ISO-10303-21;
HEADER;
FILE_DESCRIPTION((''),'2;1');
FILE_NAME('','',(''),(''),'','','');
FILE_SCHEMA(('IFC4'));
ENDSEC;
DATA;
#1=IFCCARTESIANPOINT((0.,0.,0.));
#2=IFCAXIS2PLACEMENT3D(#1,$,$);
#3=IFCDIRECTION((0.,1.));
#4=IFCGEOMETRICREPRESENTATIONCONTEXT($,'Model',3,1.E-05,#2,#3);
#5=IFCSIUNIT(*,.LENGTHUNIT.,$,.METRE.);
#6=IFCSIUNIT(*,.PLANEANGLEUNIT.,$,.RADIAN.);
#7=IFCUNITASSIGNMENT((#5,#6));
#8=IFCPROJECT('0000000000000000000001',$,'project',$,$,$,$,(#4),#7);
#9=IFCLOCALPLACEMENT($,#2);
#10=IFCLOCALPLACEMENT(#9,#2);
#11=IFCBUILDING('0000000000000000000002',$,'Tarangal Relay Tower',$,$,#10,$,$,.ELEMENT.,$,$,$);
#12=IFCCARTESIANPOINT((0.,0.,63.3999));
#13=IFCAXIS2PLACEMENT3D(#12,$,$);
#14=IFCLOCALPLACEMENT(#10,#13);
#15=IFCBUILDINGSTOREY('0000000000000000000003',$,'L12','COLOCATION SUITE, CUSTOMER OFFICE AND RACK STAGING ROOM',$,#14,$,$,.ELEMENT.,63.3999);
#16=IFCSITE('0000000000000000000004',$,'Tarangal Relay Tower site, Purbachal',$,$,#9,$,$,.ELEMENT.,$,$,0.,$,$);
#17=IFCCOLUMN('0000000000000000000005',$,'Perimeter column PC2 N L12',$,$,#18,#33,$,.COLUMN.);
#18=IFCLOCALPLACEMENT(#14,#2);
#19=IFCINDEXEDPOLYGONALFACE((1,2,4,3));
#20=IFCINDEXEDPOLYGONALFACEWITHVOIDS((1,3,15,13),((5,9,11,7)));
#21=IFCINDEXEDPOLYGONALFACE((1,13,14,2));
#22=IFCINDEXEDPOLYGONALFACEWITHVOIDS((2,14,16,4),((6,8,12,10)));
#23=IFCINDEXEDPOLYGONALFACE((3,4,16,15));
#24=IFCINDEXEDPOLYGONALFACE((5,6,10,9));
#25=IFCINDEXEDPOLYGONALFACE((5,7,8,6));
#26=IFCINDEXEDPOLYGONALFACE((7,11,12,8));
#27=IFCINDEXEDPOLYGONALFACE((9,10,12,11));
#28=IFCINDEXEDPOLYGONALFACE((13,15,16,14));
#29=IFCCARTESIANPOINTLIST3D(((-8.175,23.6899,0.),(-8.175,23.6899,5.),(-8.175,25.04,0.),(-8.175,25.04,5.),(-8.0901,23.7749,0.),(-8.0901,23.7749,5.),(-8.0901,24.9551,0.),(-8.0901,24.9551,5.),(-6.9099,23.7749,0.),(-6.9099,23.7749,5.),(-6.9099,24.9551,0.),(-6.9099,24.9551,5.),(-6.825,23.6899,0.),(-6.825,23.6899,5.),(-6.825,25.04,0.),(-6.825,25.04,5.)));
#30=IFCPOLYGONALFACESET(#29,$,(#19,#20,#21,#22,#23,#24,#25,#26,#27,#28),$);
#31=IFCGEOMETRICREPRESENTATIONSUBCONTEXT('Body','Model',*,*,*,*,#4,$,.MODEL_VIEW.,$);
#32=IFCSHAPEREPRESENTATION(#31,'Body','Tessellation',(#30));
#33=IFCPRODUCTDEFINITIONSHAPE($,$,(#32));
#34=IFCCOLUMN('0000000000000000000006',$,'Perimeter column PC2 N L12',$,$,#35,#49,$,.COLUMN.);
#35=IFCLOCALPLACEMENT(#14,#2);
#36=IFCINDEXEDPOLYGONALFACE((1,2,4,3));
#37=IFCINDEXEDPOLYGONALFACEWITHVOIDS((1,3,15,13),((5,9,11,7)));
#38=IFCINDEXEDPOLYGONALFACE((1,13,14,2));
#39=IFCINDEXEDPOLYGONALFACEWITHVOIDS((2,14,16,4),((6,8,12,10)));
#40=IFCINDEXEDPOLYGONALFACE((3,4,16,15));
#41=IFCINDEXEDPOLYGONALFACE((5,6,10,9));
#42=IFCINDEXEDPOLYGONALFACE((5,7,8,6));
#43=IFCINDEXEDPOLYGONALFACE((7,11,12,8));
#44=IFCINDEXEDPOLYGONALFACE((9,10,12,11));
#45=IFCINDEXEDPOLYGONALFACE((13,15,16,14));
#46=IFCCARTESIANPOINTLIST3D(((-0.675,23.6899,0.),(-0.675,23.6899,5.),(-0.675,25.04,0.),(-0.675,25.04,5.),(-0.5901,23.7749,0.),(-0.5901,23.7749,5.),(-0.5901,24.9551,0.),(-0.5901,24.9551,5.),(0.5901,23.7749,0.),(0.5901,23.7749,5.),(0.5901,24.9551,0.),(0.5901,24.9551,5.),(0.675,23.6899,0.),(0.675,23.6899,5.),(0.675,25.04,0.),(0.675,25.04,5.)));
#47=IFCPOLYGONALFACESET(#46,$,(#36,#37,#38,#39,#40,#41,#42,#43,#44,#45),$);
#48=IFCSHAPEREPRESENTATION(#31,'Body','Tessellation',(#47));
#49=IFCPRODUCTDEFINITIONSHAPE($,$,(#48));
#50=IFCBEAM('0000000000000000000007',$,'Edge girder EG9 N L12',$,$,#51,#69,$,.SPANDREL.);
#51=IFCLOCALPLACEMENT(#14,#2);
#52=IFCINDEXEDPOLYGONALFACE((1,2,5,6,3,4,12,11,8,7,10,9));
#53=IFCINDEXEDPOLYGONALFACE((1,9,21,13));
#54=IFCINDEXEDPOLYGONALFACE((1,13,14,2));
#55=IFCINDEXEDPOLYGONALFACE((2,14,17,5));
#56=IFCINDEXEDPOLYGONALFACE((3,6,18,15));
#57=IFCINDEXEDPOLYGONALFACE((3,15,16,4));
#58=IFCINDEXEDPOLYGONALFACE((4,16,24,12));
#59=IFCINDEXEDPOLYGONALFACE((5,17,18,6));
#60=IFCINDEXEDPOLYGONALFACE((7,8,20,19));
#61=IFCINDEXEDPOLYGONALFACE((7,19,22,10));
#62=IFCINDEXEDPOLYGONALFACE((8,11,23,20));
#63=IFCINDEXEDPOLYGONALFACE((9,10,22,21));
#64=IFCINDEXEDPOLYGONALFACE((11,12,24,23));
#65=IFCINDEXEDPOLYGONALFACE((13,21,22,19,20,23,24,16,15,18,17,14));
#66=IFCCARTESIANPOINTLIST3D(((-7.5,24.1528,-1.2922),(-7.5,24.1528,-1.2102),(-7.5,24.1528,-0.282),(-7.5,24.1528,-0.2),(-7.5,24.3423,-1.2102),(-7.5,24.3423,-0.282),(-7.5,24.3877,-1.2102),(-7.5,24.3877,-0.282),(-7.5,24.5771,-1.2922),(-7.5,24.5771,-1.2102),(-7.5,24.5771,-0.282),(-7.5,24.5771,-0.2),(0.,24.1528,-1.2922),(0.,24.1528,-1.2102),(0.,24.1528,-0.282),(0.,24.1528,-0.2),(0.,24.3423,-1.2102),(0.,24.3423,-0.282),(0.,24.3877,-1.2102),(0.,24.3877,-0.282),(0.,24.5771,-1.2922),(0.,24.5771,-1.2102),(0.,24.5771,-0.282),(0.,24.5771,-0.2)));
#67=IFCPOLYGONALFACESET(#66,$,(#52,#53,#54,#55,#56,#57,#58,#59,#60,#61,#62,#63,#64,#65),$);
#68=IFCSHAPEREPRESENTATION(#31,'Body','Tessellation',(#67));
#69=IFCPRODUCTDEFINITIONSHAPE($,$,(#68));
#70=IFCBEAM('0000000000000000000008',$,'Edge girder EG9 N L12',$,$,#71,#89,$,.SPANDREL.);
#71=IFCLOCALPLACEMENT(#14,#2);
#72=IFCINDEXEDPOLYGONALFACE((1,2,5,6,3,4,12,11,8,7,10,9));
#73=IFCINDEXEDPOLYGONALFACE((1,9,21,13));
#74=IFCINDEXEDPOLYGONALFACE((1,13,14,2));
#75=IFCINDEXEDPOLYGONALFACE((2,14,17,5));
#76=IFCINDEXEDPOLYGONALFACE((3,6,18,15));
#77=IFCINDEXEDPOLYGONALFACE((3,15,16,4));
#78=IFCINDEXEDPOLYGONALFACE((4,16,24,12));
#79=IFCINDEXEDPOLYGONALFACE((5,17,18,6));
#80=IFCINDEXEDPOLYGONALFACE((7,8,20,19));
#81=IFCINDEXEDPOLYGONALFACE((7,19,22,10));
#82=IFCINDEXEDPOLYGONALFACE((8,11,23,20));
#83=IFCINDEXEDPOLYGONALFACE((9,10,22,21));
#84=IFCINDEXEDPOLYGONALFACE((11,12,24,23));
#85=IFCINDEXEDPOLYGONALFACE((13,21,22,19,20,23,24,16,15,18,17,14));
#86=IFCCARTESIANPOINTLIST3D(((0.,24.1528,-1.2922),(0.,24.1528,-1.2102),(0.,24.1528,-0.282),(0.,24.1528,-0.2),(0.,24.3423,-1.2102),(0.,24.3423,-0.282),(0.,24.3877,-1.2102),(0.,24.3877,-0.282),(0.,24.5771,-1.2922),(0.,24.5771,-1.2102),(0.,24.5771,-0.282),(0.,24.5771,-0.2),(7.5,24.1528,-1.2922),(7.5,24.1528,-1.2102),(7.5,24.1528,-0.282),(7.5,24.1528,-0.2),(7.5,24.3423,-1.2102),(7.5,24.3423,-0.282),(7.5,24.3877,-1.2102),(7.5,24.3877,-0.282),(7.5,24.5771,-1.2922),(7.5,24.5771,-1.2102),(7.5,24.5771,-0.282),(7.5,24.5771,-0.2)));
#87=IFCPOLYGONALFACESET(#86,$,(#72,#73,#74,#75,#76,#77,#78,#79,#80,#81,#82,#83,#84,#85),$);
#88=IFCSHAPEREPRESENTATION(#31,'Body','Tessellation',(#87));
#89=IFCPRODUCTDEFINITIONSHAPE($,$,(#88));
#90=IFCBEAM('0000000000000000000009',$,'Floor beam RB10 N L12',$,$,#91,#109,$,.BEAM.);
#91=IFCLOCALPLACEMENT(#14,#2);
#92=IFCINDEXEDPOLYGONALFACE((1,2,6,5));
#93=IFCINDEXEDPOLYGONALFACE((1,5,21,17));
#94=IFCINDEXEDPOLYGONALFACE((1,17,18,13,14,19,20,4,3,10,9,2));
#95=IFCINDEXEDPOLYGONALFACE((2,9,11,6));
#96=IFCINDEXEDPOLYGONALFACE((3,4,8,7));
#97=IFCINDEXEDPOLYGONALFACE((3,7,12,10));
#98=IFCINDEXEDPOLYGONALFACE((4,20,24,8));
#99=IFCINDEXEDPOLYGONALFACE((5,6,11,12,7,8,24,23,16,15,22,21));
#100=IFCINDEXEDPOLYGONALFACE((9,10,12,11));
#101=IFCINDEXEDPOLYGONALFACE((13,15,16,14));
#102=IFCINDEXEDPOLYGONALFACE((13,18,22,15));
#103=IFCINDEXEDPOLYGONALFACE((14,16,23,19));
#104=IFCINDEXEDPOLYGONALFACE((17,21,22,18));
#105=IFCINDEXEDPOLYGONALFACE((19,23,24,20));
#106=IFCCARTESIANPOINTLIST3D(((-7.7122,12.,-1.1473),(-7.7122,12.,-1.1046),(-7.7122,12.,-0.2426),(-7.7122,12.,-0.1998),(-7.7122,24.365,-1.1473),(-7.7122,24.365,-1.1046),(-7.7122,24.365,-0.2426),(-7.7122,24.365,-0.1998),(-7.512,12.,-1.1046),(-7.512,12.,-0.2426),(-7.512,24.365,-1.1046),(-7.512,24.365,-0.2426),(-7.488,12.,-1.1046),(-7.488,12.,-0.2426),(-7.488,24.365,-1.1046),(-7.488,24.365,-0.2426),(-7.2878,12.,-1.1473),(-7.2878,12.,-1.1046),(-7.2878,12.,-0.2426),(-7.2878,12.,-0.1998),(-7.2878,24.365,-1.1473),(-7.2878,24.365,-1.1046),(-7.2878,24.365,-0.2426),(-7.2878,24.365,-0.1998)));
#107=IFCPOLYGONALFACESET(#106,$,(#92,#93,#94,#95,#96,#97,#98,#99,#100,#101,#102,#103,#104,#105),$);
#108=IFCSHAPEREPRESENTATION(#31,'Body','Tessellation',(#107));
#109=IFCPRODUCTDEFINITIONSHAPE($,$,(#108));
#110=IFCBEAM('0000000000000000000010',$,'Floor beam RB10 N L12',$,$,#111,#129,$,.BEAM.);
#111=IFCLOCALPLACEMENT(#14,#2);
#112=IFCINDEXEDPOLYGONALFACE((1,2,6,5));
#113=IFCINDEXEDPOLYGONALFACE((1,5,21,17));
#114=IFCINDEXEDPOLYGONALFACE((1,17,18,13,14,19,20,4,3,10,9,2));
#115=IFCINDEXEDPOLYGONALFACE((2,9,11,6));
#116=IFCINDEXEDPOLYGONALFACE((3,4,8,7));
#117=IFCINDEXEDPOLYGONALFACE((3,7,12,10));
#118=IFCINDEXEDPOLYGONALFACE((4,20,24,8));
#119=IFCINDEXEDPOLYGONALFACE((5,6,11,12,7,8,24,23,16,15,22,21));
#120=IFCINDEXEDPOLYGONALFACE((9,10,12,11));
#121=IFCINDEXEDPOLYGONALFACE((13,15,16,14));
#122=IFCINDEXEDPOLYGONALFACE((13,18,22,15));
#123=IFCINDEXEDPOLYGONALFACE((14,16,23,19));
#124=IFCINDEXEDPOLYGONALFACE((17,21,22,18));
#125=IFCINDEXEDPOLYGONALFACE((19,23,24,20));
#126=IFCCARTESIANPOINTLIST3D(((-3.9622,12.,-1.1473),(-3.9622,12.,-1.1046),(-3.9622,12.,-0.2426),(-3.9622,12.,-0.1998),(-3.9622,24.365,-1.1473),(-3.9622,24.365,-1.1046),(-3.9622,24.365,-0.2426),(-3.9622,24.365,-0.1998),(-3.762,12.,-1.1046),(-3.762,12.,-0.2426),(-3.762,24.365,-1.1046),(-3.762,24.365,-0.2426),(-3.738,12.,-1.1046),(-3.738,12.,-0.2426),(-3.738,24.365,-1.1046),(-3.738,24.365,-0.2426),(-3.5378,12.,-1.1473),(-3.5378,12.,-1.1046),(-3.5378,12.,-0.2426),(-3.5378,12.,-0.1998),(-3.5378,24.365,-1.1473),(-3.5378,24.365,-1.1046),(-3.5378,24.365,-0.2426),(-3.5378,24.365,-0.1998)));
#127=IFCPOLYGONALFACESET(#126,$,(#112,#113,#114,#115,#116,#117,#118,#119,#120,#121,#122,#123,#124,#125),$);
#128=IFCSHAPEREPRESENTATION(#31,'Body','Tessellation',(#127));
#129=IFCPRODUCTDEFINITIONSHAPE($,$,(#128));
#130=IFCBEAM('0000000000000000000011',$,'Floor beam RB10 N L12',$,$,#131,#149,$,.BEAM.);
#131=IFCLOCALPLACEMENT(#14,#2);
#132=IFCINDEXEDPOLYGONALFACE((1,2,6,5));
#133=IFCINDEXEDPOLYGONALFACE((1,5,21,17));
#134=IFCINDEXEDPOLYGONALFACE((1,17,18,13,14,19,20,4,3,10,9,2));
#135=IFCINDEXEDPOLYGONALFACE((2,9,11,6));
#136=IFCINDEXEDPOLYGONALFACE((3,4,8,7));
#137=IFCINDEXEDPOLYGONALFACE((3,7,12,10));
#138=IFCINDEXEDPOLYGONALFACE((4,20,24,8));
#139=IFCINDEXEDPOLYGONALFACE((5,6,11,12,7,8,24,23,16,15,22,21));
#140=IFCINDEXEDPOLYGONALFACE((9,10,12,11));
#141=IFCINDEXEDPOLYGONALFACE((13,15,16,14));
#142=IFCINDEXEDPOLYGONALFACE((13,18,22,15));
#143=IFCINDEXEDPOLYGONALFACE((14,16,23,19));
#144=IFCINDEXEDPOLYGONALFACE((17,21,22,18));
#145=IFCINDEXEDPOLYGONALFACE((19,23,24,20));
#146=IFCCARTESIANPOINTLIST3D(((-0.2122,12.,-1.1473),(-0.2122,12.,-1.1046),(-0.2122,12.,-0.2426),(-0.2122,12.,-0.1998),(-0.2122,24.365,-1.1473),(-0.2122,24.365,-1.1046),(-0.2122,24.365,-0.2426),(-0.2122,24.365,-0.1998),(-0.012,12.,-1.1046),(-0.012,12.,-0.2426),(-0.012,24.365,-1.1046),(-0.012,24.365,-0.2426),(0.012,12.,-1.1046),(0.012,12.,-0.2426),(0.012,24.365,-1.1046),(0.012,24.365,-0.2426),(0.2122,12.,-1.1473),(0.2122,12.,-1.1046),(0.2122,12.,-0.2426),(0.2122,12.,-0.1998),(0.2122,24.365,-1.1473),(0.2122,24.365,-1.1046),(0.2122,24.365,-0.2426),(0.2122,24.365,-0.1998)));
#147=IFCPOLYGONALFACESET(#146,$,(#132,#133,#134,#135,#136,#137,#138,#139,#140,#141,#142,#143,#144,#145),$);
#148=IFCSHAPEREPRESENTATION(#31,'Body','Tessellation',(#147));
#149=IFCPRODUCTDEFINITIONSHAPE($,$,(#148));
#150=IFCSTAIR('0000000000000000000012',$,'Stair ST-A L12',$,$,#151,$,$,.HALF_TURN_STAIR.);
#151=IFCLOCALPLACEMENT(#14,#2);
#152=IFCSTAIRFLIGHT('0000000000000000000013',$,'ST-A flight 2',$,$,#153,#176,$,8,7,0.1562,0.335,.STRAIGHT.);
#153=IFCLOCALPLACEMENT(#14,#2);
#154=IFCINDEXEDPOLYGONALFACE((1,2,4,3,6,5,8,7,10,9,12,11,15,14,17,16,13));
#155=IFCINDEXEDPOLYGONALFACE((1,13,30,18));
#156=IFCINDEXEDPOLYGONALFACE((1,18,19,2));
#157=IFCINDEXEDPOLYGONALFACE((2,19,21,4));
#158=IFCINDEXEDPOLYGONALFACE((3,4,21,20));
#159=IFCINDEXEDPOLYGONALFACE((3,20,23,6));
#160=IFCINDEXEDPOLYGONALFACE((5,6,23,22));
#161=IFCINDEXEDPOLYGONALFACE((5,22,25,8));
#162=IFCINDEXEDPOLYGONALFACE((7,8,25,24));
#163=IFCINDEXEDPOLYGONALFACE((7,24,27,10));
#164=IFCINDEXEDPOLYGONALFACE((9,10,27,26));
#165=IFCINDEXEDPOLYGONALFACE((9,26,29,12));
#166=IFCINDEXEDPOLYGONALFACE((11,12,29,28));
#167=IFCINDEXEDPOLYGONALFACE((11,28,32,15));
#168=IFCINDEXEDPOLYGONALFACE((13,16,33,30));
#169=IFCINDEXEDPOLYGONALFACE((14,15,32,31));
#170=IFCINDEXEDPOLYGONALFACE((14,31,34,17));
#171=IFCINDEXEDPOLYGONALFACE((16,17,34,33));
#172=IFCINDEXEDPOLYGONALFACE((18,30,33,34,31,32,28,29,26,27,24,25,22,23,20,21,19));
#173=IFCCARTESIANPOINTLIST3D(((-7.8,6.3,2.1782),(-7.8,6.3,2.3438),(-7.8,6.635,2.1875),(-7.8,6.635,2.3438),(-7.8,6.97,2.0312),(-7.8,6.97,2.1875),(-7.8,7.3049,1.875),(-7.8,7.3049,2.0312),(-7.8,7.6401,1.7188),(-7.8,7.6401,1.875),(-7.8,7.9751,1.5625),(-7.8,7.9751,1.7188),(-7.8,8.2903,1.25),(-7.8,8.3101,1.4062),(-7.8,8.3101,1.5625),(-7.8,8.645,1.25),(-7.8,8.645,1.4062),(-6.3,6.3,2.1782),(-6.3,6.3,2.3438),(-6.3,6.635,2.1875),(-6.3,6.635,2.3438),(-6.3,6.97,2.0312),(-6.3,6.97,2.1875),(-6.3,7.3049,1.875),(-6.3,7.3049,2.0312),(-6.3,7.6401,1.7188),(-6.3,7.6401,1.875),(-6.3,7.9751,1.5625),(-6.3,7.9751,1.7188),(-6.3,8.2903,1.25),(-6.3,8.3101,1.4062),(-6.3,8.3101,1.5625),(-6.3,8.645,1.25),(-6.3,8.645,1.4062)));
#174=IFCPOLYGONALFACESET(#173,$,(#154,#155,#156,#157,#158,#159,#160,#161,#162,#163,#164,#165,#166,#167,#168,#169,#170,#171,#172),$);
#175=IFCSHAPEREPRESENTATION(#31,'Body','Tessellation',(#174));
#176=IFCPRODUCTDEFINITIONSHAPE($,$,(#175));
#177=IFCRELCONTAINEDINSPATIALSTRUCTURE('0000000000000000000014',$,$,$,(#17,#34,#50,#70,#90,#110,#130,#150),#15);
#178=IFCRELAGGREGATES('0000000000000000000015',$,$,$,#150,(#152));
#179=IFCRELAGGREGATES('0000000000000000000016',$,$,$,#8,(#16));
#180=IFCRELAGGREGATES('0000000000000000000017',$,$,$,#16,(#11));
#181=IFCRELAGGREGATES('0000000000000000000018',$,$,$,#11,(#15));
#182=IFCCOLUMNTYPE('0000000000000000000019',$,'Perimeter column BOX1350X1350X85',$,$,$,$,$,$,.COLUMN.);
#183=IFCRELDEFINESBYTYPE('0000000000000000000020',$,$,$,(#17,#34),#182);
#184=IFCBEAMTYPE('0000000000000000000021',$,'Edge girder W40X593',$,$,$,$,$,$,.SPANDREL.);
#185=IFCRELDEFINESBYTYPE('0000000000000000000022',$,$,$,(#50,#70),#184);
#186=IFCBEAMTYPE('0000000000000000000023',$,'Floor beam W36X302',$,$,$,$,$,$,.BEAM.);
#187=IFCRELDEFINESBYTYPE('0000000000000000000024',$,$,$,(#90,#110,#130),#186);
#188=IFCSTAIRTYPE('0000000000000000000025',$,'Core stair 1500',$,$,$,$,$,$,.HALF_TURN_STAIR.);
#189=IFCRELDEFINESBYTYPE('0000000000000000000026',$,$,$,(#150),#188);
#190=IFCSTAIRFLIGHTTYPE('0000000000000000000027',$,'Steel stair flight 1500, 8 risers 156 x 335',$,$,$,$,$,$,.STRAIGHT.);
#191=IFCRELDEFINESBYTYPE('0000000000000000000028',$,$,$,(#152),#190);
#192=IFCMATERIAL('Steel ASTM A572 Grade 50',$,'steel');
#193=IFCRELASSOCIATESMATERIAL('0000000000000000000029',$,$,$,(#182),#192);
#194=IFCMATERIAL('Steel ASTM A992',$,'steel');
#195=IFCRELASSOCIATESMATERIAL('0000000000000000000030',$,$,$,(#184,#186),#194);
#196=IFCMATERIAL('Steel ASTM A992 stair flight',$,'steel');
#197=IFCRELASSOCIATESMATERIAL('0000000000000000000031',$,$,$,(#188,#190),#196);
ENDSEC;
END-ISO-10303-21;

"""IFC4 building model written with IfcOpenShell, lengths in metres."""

from ifc_helpers import new_model, si_unit, direction, frame, origin, origin_2d, place, context, subcontext, project, spatial, polyline, hollow_rectangle, i_section, outline, extrude, material, material_profile, profile_set, type_object, element, aggregate, save


model = new_model("IFC4")

# Units and contexts
model_context = context("Model", 3, precision=1e-05, world=origin(), true_north=direction((0.0, 1.0)))
body_context = subcontext(model_context, "Body", "Model", "MODEL_VIEW")
ifc_project = project(units=[si_unit("LENGTHUNIT", "METRE"), si_unit("PLANEANGLEUNIT", "RADIAN")], contexts=[model_context])

# Site, building, storey
site_placement = place(None, origin())
site = spatial("IfcSite", under=ifc_project, at=site_placement, Name="Tarangal Relay Tower site, Purbachal", CompositionType="ELEMENT", RefElevation=0.0)
building_placement = place(site_placement, origin())
building = spatial("IfcBuilding", under=site, at=building_placement, Name="Tarangal Relay Tower", CompositionType="ELEMENT")
storey_placement = place(building_placement, frame((0.0, 0.0, 63.3999)))
storey = spatial("IfcBuildingStorey", under=building, at=storey_placement, Name="L12", Description="COLOCATION SUITE, CUSTOMER OFFICE AND RACK STAGING ROOM", CompositionType="ELEMENT", Elevation=63.3999)

# Columns
ifc_material_1 = material(Name="Steel ASTM A572 Grade 50", Category="steel")
ifc_material_profile_1 = material_profile(ifc_material_1, hollow_rectangle(XDim=1.3501, YDim=1.3501, WallThickness=0.085, at=origin_2d()), Name="BOX1350X1350X85")
ifc_profile_set_1 = profile_set([ifc_material_profile_1], Name="Steel ASTM A572 Grade 50")
column_type = type_object("IfcColumnType", Name="Perimeter column BOX1350X1350X85", PredefinedType="COLUMN", material=ifc_profile_set_1)
for number, where, z_axis, x_axis, name in (
    (1, (-7.5, 24.365, 0.0), (0.0, 0.0, 1.0), (1.0, 0.0, 0.0), "Perimeter column PC2 N L12"),
    (2, (0.0, 24.365, 0.0), (0.0, 0.0, 1.0), (1.0, 0.0, 0.0), "Perimeter column PC2 N L12"),
):
    element("IfcColumn", number, at=place(storey_placement, frame(where, z_axis=z_axis, x_axis=x_axis)), inside=storey, type_object=column_type, Name=name, PredefinedType="COLUMN", context=body_context, shape_type="SweptSolid", body=[
        extrude(hollow_rectangle(XDim=1.3501, YDim=1.3501, WallThickness=0.085, at=origin_2d()), origin(), (0.0, 0.0, 1.0), 5.0),
    ])

# Beams
ifc_material_2 = material(Name="Steel ASTM A992", Category="steel")
ifc_material_profile_2 = material_profile(ifc_material_2, i_section(OverallWidth=0.4243, OverallDepth=1.0923, WebThickness=0.0454, FlangeThickness=0.082, at=origin_2d()), Name="W40X593")
ifc_profile_set_2 = profile_set([ifc_material_profile_2], Name="Steel ASTM A992")
beam_type_1 = type_object("IfcBeamType", Name="Edge girder W40X593", PredefinedType="SPANDREL", material=ifc_profile_set_2)
for number, where, z_axis, x_axis, name in (
    (3, (-7.5, 24.365, -0.7461), (1.0, 0.0, 0.0), (0.0, 1.0, 0.0), "Edge girder EG9 N L12"),
    (4, (0.0, 24.365, -0.7461), (1.0, 0.0, 0.0), (0.0, 1.0, 0.0), "Edge girder EG9 N L12"),
):
    element("IfcBeam", number, at=place(storey_placement, frame(where, z_axis=z_axis, x_axis=x_axis)), inside=storey, type_object=beam_type_1, Name=name, PredefinedType="SPANDREL", context=body_context, shape_type="SweptSolid", body=[
        extrude(i_section(OverallWidth=0.4243, OverallDepth=1.0923, WebThickness=0.0454, FlangeThickness=0.082, at=origin_2d()), origin(), (0.0, 0.0, 1.0), 7.5),
    ])
ifc_material_profile_3 = material_profile(ifc_material_2, i_section(OverallWidth=0.4243, OverallDepth=0.9475, WebThickness=0.0239, FlangeThickness=0.0427, at=origin_2d()), Name="W36X302")
ifc_profile_set_3 = profile_set([ifc_material_profile_3], Name="Steel ASTM A992")
beam_type_2 = type_object("IfcBeamType", Name="Floor beam W36X302", PredefinedType="BEAM", material=ifc_profile_set_3)
for number, where, z_axis, x_axis, name in (
    (5, (-7.5, 12.0, -0.6736), (0.0, 1.0, 0.0), (-1.0, 0.0, 0.0), "Floor beam RB10 N L12"),
    (6, (-3.75, 12.0, -0.6736), (0.0, 1.0, 0.0), (-1.0, 0.0, 0.0), "Floor beam RB10 N L12"),
    (7, (0.0, 12.0, -0.6736), (0.0, 1.0, 0.0), (-1.0, 0.0, 0.0), "Floor beam RB10 N L12"),
):
    element("IfcBeam", number, at=place(storey_placement, frame(where, z_axis=z_axis, x_axis=x_axis)), inside=storey, type_object=beam_type_2, Name=name, PredefinedType="BEAM", context=body_context, shape_type="SweptSolid", body=[
        extrude(i_section(OverallWidth=0.4243, OverallDepth=0.9475, WebThickness=0.0239, FlangeThickness=0.0427, at=origin_2d()), origin(), (0.0, 0.0, 1.0), 12.365),
    ])

# Stair, stair flight
ifc_material_3 = material(Name="Steel ASTM A992 stair flight", Category="steel")
stair_type = type_object("IfcStairType", Name="Core stair 1500", PredefinedType="HALF_TURN_STAIR", material=ifc_material_3)
stair_placement = place(storey_placement, origin())
stair = element("IfcStair", 8, at=stair_placement, inside=storey, type_object=stair_type, Name="Stair ST-A L12", PredefinedType="HALF_TURN_STAIR")
stair_flight_type = type_object("IfcStairFlightType", Name="Steel stair flight 1500, 8 risers 156 x 335", PredefinedType="STRAIGHT", material=ifc_material_3)
stair_flight_1_placement = place(storey_placement, frame((-7.05, 8.645, 1.25), z_axis=(0.0, 0.0, 1.0), x_axis=(0.0, -1.0, 0.0)))
stair_flight_1 = element("IfcStairFlight", 9, at=stair_flight_1_placement, type_object=stair_flight_type, Name="ST-A flight 2", NumberOfRisers=8, NumberOfTreads=7, PredefinedType="STRAIGHT", RiserHeight=0.1562, TreadLength=0.335, context=body_context, shape_type="SweptSolid", body=[
    extrude(outline(polyline([(0.0, 0.0), (0.0, 0.1562), (0.335, 0.1562), (0.335, 0.3125), (0.6699, 0.3125), (0.6699, 0.4688), (1.0049, 0.4688), (1.0049, 0.625), (1.3401, 0.625), (1.3401, 0.7812), (1.675, 0.7812), (1.675, 0.9375), (2.01, 0.9375), (2.01, 1.0938), (2.345, 1.0938), (2.345, 1.25), (2.345, 0.9282), (0.3547, 0.0), (0.0, 0.0)])), frame((0.0, 0.75, 0.0), z_axis=(0.0, -1.0, 0.0), x_axis=(1.0, 0.0, 0.0)), (0.0, 0.0, 1.0), 1.5),
])
aggregate(stair, [stair_flight_1])

save(model, "model.ifc")
